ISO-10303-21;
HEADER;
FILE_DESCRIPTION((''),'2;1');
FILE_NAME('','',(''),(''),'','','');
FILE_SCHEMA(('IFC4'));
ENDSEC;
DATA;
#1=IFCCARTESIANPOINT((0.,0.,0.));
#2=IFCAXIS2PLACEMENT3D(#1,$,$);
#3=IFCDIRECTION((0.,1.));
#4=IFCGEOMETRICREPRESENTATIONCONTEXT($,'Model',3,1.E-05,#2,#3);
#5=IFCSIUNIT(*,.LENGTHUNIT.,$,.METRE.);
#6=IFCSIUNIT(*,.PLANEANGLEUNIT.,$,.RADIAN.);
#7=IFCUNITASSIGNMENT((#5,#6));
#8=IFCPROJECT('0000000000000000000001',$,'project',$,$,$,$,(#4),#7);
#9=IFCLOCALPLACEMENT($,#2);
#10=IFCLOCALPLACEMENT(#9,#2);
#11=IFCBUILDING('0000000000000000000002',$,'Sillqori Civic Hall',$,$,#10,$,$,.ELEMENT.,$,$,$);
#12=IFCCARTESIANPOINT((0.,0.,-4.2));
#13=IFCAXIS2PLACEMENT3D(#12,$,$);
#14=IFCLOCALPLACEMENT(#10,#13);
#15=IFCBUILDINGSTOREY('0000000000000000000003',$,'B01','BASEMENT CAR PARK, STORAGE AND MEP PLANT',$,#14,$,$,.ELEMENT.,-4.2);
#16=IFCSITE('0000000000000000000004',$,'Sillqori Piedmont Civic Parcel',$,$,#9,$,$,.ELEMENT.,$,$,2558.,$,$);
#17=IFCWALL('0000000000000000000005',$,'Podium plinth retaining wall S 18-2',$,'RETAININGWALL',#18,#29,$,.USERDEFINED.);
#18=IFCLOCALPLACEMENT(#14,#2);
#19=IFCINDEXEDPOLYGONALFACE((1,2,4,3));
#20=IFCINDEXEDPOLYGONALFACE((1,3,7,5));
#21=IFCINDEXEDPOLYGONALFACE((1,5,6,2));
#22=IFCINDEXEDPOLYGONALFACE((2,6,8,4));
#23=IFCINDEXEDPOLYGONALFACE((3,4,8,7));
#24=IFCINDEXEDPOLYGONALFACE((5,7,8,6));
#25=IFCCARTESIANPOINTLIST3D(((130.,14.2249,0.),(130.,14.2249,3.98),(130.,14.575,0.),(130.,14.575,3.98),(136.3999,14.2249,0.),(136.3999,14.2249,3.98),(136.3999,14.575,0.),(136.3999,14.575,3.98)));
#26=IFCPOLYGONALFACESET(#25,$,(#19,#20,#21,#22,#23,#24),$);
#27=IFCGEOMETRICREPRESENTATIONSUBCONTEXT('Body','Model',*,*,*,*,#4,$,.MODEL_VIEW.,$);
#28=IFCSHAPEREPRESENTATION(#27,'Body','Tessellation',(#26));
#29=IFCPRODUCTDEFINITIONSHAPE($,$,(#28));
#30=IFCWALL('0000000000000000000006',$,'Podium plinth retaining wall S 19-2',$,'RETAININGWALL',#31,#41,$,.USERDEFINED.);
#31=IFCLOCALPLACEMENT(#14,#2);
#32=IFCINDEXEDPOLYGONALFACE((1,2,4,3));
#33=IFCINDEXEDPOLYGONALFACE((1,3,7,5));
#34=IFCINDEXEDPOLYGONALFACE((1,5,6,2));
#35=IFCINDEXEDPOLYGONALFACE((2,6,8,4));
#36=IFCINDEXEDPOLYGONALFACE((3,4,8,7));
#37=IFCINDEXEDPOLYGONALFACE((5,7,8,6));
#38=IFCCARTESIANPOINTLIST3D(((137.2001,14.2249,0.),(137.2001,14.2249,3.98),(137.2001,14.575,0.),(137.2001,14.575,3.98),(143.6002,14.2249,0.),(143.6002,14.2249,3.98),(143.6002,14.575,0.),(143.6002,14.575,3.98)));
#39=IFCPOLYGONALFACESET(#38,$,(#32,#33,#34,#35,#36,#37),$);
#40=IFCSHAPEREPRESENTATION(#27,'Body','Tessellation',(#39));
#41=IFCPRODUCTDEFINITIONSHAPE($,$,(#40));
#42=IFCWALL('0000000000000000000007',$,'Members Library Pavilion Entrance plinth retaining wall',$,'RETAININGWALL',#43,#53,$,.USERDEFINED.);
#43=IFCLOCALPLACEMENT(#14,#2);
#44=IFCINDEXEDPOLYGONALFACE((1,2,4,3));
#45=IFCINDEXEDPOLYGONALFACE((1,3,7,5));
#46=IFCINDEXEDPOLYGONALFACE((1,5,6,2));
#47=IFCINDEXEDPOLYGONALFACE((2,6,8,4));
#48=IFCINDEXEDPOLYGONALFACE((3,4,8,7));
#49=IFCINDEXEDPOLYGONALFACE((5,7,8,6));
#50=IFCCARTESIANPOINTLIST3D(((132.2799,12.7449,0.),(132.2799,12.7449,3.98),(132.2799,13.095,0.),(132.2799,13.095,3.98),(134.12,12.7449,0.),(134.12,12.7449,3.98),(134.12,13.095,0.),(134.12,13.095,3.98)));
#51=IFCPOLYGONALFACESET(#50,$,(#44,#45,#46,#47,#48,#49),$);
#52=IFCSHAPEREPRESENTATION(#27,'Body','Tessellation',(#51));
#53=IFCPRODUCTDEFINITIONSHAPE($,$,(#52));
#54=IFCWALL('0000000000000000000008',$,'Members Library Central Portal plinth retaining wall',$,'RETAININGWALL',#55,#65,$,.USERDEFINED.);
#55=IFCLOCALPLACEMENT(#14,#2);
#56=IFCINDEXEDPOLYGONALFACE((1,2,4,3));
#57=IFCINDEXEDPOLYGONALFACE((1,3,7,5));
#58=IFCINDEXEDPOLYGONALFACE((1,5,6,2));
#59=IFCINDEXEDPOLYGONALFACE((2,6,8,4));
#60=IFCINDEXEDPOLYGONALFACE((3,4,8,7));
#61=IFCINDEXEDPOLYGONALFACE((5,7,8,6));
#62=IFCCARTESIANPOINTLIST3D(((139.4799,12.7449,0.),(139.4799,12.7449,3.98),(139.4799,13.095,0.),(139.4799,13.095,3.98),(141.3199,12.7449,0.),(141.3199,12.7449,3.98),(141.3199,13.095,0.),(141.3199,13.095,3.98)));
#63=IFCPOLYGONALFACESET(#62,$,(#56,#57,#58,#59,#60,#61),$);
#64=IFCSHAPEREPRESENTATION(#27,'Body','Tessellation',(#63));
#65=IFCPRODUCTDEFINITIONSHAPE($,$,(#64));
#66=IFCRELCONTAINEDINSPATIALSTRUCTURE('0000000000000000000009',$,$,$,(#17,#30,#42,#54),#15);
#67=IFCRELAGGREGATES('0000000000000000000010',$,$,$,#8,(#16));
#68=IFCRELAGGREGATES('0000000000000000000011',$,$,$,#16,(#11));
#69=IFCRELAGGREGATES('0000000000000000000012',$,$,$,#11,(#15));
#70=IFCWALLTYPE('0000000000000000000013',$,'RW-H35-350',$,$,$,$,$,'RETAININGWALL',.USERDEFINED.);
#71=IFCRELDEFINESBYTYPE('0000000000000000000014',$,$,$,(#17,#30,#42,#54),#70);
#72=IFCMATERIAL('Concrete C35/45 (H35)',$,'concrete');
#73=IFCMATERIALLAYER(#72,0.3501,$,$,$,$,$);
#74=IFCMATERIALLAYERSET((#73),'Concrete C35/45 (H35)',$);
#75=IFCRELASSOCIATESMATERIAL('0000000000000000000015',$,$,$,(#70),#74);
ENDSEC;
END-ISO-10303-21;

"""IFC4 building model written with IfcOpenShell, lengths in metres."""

from ifc_helpers import new_model, si_unit, direction, frame, frame_2d, origin, place, context, subcontext, project, spatial, rectangle, extrude, material, layer, layer_set, type_object, element, save


model = new_model("IFC4")

# Units and contexts
model_context = context("Model", 3, precision=1e-05, world=origin(), true_north=direction((0.0, 1.0)))
body_context = subcontext(model_context, "Body", "Model", "MODEL_VIEW")
ifc_project = project(units=[si_unit("LENGTHUNIT", "METRE"), si_unit("PLANEANGLEUNIT", "RADIAN")], contexts=[model_context])

# Site, building, storey
site_placement = place(None, origin())
site = spatial("IfcSite", under=ifc_project, at=site_placement, Name="Sillqori Piedmont Civic Parcel", CompositionType="ELEMENT", RefElevation=2558.0)
building_placement = place(site_placement, origin())
building = spatial("IfcBuilding", under=site, at=building_placement, Name="Sillqori Civic Hall", CompositionType="ELEMENT")
storey_placement = place(building_placement, frame((0.0, 0.0, -4.2)))
storey = spatial("IfcBuildingStorey", under=building, at=storey_placement, Name="B01", Description="BASEMENT CAR PARK, STORAGE AND MEP PLANT", CompositionType="ELEMENT", Elevation=-4.2)

# Shared definitions
ifc_material = material(Name="Concrete C35/45 (H35)", Category="concrete")

# Walls
ifc_layer = layer(ifc_material, 0.3501)
ifc_layer_set = layer_set([ifc_layer], Name="Concrete C35/45 (H35)")
wall_type = type_object("IfcWallType", Name="RW-H35-350", ElementType="RETAININGWALL", PredefinedType="USERDEFINED", material=ifc_layer_set)
wall_1_placement = place(storey_placement, frame((130.0, 14.3999, 0.0), z_axis=(0.0, 0.0, 1.0), x_axis=(1.0, 0.0, 0.0)))
element("IfcWall", 1, at=wall_1_placement, inside=storey, type_object=wall_type, Name="Podium plinth retaining wall S 18-2", ObjectType="RETAININGWALL", PredefinedType="USERDEFINED", context=body_context, shape_type="SweptSolid", body=[
    extrude(rectangle(XDim=6.3999, YDim=0.3501, at=frame_2d((3.2, 0.0))), origin(), (0.0, 0.0, 1.0), 3.98),
])
wall_2_placement = place(storey_placement, frame((137.2, 14.3999, 0.0), z_axis=(0.0, 0.0, 1.0), x_axis=(1.0, 0.0, 0.0)))
element("IfcWall", 2, at=wall_2_placement, inside=storey, type_object=wall_type, Name="Podium plinth retaining wall S 19-2", ObjectType="RETAININGWALL", PredefinedType="USERDEFINED", context=body_context, shape_type="SweptSolid", body=[
    extrude(rectangle(XDim=6.4001, YDim=0.3501, at=frame_2d((3.2002, 0.0))), origin(), (0.0, 0.0, 1.0), 3.98),
])
for number, where, z_axis, x_axis, name in (
    (3, (132.28, 12.9199, 0.0), (0.0, 0.0, 1.0), (1.0, 0.0, 0.0), "Members Library Pavilion Entrance plinth retaining wall"),
    (4, (139.48, 12.9199, 0.0), (0.0, 0.0, 1.0), (1.0, 0.0, 0.0), "Members Library Central Portal plinth retaining wall"),
):
    element("IfcWall", number, at=place(storey_placement, frame(where, z_axis=z_axis, x_axis=x_axis)), inside=storey, type_object=wall_type, Name=name, ObjectType="RETAININGWALL", PredefinedType="USERDEFINED", context=body_context, shape_type="SweptSolid", body=[
        extrude(rectangle(XDim=1.8401, YDim=0.3501, at=frame_2d((0.9199, 0.0))), origin(), (0.0, 0.0, 1.0), 3.98),
    ])

save(model, "model.ifc")
